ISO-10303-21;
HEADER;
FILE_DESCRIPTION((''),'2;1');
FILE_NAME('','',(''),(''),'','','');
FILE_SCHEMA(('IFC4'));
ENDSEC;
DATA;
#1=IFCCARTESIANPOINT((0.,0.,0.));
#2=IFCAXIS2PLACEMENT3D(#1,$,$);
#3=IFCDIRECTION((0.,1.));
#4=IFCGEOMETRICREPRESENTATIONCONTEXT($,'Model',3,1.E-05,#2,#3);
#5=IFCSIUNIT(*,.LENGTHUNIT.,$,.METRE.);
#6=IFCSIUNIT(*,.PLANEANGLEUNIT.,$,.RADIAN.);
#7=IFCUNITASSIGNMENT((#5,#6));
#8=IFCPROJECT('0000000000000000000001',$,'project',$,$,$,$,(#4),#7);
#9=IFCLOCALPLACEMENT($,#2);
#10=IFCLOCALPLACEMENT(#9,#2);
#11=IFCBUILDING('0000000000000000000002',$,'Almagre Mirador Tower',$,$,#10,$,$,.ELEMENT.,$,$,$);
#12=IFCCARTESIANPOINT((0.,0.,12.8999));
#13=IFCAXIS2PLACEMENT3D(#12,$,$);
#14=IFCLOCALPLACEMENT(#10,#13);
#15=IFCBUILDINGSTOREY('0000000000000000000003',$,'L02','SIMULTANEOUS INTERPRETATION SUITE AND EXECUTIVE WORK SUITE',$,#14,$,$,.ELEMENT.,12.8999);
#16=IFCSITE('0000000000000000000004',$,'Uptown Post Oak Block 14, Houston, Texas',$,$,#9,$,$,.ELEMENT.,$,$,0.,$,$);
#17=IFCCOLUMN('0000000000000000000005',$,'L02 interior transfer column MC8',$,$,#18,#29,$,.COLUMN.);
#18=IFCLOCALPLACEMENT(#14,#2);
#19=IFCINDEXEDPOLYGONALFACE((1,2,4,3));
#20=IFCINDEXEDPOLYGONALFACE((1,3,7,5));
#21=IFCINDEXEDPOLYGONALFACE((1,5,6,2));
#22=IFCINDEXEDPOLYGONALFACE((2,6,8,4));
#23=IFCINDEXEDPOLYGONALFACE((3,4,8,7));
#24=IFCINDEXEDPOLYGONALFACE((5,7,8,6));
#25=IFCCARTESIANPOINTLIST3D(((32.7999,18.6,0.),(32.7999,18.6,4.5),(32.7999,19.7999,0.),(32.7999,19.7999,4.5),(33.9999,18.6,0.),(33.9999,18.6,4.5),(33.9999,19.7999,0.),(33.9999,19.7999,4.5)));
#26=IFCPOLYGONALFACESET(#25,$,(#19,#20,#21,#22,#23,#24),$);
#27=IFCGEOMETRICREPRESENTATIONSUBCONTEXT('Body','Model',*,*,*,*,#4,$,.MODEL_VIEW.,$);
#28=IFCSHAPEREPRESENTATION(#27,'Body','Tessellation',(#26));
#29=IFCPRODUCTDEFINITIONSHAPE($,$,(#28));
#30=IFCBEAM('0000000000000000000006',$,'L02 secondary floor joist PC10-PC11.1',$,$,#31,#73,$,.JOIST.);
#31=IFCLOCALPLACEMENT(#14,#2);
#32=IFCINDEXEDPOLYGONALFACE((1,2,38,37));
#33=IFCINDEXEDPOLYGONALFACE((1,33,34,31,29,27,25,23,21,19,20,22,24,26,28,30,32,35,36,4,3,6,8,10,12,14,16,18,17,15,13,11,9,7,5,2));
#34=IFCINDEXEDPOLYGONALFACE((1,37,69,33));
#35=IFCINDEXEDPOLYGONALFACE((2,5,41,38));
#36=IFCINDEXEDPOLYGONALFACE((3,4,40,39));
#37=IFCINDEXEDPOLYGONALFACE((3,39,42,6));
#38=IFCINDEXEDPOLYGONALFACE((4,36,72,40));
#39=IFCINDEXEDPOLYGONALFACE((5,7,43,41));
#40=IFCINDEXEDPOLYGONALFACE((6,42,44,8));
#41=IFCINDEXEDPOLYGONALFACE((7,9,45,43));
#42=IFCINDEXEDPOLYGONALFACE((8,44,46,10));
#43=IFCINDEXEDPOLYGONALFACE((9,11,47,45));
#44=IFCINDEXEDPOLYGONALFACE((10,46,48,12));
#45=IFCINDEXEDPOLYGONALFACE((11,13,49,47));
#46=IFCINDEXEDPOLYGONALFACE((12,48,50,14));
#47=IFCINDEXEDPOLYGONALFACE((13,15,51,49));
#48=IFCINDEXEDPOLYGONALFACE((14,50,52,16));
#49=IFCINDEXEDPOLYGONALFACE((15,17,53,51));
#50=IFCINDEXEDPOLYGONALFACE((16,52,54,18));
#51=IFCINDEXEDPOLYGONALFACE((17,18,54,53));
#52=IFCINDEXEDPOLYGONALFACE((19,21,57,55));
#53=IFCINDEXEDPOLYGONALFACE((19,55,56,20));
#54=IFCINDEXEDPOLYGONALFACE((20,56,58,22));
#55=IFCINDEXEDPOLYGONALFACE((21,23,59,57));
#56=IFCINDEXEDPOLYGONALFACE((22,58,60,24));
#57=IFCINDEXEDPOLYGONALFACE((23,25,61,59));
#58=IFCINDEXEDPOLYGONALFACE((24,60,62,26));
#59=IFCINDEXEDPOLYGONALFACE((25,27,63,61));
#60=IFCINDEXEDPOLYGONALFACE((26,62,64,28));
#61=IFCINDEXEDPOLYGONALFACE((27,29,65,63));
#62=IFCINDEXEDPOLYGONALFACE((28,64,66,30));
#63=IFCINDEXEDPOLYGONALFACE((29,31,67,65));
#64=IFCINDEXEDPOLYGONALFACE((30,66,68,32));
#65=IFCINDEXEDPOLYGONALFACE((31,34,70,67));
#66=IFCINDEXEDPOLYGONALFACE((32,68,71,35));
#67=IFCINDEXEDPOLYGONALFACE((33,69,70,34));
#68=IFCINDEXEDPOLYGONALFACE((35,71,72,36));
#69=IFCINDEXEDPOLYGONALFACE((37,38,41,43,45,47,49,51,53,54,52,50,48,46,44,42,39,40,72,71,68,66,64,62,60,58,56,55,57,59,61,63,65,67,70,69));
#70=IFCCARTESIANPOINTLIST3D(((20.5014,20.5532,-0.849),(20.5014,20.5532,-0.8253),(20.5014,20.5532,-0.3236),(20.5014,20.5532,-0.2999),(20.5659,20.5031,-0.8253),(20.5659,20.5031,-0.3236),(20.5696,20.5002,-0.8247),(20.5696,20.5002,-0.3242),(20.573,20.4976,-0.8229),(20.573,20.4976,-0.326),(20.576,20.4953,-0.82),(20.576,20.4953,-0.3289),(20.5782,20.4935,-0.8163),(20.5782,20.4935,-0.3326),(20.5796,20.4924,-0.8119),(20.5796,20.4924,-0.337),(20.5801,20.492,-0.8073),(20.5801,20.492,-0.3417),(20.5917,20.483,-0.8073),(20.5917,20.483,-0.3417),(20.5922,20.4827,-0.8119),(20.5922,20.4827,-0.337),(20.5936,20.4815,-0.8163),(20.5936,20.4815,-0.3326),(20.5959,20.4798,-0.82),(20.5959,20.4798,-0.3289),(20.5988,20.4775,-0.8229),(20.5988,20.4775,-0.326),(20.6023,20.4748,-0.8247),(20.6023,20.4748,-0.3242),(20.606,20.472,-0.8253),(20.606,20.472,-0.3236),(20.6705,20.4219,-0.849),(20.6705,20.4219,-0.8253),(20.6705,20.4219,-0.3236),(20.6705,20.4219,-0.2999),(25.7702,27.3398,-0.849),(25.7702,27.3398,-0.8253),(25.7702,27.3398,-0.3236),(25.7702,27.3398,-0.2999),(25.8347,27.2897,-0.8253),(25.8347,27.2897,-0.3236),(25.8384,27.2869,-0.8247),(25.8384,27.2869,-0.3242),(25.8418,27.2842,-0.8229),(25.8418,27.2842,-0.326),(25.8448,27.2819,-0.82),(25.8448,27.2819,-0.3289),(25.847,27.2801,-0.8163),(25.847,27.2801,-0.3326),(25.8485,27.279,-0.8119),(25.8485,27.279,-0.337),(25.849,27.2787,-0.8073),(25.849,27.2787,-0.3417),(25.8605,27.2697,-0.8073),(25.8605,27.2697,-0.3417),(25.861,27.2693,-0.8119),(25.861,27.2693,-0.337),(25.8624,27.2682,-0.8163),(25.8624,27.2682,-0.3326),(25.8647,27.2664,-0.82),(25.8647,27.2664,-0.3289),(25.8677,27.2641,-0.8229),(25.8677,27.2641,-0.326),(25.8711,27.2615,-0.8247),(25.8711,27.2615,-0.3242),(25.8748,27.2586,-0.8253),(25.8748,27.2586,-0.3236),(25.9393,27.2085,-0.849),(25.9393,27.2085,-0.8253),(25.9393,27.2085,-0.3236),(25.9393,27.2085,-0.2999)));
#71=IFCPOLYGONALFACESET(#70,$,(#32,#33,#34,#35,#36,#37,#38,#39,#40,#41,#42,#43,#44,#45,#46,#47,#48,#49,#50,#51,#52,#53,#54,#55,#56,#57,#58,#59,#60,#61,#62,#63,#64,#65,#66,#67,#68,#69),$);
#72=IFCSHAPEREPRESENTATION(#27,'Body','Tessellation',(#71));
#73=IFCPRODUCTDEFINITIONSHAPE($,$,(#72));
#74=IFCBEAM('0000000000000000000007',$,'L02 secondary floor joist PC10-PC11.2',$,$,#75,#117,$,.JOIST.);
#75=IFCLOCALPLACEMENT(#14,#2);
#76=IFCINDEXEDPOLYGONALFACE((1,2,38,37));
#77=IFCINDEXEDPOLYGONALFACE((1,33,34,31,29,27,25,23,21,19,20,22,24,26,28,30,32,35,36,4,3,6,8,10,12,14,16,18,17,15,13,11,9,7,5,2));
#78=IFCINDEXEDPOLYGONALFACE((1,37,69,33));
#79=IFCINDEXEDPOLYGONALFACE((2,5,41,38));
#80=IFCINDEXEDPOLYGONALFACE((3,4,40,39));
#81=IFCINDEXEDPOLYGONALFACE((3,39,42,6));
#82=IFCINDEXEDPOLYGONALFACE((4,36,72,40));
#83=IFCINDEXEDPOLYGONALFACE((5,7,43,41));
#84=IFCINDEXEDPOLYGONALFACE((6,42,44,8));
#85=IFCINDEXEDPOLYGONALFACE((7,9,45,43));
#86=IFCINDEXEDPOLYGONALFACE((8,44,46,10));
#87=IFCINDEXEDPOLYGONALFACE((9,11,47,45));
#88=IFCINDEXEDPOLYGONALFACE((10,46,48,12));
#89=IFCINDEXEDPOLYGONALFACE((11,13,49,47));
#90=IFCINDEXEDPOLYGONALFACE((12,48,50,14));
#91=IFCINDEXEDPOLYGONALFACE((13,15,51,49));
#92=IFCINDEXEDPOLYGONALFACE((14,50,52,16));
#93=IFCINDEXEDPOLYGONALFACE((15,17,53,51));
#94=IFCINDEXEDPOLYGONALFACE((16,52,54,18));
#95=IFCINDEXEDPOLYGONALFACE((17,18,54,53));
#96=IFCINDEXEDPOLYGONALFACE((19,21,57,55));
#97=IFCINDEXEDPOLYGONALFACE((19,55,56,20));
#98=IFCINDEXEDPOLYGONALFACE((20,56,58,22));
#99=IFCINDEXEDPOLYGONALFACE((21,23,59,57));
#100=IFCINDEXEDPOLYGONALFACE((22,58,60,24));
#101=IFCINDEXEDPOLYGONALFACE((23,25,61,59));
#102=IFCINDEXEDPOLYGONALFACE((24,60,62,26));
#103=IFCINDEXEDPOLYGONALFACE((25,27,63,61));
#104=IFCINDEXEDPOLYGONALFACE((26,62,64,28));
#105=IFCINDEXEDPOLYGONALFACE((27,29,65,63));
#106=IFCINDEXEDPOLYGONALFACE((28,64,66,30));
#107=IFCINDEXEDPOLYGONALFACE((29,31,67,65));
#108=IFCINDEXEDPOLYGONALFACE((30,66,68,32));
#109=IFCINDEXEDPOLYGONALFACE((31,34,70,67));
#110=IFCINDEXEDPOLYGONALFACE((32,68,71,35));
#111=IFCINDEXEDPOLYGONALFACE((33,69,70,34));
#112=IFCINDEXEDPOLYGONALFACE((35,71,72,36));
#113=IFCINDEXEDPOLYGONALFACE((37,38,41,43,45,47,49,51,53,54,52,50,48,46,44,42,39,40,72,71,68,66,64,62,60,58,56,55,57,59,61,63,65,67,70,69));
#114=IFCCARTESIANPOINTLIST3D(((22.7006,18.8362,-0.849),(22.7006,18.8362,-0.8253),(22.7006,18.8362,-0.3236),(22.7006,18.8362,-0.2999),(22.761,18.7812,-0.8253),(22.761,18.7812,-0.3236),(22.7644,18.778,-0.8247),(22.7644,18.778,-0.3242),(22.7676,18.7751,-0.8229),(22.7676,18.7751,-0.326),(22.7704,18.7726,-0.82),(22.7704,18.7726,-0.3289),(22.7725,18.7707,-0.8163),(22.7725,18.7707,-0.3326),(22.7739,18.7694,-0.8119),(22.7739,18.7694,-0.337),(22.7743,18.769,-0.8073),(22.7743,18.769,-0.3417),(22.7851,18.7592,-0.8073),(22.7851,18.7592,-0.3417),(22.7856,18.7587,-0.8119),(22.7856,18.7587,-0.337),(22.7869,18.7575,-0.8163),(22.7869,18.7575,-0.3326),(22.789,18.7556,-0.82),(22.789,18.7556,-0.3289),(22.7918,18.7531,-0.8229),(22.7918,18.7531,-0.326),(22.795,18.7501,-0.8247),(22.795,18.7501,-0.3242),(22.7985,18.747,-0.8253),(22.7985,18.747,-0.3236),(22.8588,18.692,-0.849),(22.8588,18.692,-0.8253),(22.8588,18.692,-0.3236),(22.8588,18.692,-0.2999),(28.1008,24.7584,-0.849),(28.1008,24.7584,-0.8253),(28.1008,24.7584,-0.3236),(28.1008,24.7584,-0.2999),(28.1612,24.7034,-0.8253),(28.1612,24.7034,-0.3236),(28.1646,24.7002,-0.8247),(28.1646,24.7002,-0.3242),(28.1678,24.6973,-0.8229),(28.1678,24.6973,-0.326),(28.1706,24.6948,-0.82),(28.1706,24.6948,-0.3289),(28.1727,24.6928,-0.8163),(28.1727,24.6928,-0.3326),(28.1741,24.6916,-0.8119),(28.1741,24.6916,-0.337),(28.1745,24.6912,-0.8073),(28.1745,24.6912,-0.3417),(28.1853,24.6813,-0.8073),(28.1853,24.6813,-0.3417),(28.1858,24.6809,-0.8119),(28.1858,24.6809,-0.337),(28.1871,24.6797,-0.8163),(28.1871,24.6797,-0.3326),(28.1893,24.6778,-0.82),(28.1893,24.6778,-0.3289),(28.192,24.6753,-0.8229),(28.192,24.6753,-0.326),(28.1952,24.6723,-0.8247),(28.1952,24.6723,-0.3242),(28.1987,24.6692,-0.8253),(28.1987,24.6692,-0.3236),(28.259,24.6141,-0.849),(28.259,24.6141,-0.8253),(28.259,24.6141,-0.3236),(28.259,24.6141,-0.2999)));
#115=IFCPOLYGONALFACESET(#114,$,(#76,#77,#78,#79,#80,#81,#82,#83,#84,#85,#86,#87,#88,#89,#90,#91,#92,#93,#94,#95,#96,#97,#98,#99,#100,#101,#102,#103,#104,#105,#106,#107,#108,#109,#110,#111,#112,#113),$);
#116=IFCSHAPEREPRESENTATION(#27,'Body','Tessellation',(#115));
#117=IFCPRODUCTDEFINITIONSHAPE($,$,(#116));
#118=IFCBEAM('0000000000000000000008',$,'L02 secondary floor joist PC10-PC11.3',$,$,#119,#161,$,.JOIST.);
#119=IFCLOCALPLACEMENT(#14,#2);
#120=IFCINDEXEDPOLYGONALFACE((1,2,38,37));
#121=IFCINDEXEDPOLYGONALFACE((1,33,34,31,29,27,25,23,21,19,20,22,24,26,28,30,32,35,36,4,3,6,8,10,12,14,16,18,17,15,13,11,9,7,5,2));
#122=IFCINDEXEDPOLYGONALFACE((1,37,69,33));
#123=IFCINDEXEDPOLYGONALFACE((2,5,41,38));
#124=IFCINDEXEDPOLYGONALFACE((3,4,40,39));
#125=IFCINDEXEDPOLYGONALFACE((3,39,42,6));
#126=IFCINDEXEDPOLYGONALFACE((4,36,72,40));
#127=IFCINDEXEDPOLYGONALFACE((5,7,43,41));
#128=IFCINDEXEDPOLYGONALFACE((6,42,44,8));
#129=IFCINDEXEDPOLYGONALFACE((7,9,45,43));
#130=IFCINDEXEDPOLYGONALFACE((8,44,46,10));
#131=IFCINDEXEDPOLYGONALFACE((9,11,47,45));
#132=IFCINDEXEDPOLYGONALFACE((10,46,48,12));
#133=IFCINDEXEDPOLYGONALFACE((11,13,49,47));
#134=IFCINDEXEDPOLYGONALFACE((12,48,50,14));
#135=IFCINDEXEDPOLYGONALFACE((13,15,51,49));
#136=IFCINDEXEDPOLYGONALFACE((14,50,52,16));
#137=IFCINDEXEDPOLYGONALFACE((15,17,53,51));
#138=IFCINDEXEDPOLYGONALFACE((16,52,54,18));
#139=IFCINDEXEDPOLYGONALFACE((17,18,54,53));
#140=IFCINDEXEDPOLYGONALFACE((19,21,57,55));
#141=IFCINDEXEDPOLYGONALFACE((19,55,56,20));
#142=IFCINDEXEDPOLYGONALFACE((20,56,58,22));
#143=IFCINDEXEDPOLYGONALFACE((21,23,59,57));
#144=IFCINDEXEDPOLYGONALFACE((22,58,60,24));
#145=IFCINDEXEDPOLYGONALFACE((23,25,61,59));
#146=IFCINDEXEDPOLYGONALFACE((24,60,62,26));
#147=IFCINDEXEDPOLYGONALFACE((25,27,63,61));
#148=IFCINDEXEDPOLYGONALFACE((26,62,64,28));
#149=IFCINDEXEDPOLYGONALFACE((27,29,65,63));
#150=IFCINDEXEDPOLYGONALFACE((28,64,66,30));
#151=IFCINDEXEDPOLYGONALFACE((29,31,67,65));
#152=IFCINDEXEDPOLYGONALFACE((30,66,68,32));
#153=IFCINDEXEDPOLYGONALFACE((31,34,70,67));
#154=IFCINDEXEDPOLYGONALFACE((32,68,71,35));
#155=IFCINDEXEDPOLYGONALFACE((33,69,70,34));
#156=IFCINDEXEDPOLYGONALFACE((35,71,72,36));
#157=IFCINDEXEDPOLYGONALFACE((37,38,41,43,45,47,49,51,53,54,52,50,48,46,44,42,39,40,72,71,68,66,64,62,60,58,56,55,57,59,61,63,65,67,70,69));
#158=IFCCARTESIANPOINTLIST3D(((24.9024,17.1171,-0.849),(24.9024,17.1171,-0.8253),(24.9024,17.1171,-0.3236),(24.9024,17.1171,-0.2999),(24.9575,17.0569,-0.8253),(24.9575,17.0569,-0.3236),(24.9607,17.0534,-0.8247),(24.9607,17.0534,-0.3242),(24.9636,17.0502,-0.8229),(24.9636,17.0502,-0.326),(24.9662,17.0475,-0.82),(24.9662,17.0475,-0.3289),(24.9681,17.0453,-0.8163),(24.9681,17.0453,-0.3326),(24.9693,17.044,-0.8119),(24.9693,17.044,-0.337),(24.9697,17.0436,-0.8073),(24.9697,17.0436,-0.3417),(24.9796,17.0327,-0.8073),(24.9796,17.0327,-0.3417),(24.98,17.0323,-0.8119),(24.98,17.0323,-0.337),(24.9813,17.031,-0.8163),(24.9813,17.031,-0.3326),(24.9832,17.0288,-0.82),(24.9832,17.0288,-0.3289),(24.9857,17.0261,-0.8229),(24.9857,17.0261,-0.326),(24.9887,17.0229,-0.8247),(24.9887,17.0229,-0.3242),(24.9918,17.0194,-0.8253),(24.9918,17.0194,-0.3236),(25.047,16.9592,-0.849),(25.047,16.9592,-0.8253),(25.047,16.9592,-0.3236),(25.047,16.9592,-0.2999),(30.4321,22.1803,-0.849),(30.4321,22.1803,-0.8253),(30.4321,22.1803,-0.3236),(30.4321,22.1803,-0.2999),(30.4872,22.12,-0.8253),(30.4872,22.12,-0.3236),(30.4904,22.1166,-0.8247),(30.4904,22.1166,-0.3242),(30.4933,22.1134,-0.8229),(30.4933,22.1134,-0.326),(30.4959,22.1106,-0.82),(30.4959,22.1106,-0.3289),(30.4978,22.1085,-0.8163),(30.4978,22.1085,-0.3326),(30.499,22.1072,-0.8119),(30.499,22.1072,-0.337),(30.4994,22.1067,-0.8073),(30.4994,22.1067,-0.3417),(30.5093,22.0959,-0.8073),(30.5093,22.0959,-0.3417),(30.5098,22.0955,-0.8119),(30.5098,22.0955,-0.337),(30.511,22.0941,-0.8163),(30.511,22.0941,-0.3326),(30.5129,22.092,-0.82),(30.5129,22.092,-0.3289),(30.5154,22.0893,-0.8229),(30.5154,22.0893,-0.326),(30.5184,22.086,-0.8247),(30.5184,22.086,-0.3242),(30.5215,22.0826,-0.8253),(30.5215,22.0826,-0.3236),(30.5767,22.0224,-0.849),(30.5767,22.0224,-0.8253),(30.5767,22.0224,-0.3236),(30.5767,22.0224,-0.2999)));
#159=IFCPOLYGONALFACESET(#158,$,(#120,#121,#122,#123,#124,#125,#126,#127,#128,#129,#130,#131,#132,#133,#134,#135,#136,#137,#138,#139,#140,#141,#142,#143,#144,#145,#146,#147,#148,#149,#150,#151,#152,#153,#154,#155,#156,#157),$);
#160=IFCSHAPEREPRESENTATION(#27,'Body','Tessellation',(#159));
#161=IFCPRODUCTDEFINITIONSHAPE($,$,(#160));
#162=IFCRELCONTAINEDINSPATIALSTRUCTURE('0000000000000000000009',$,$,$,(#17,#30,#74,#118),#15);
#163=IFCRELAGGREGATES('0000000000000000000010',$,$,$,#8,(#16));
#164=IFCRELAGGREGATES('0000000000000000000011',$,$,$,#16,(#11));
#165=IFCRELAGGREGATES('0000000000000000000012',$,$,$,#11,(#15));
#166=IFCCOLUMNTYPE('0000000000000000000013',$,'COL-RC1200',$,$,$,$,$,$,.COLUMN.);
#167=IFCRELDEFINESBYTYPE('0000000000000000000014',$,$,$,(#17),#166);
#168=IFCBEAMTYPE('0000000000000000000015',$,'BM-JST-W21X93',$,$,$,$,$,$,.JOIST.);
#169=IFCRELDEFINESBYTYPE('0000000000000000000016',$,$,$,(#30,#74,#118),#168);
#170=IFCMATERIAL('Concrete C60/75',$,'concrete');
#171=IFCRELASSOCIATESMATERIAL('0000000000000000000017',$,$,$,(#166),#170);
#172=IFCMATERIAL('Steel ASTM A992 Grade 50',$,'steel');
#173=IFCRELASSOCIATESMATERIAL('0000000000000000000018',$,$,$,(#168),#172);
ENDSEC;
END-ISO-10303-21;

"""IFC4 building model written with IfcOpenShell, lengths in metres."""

from ifc_helpers import new_model, si_unit, direction, frame, origin, origin_2d, place, context, subcontext, project, spatial, rectangle, i_section, extrude, material, material_profile, profile_set, type_object, element, save


model = new_model("IFC4")

# Units and contexts
model_context = context("Model", 3, precision=1e-05, world=origin(), true_north=direction((0.0, 1.0)))
body_context = subcontext(model_context, "Body", "Model", "MODEL_VIEW")
ifc_project = project(units=[si_unit("LENGTHUNIT", "METRE"), si_unit("PLANEANGLEUNIT", "RADIAN")], contexts=[model_context])

# Site, building, storey
site_placement = place(None, origin())
site = spatial("IfcSite", under=ifc_project, at=site_placement, Name="Uptown Post Oak Block 14, Houston, Texas", CompositionType="ELEMENT", RefElevation=0.0)
building_placement = place(site_placement, origin())
building = spatial("IfcBuilding", under=site, at=building_placement, Name="Almagre Mirador Tower", CompositionType="ELEMENT")
storey_placement = place(building_placement, frame((0.0, 0.0, 12.8999)))
storey = spatial("IfcBuildingStorey", under=building, at=storey_placement, Name="L02", Description="SIMULTANEOUS INTERPRETATION SUITE AND EXECUTIVE WORK SUITE", CompositionType="ELEMENT", Elevation=12.8999)

# Column
ifc_material_1 = material(Name="Concrete C60/75", Category="concrete")
ifc_material_profile_1 = material_profile(ifc_material_1, rectangle(XDim=1.2, YDim=1.2, at=origin_2d()), Name="RC1200X1200")
ifc_profile_set_1 = profile_set([ifc_material_profile_1], Name="Concrete C60/75")
column_type = type_object("IfcColumnType", Name="COL-RC1200", PredefinedType="COLUMN", material=ifc_profile_set_1)
column_placement = place(storey_placement, frame((33.3999, 19.2, 0.0), z_axis=(0.0, 0.0, 1.0), x_axis=(1.0, 0.0, 0.0)))
element("IfcColumn", 1, at=column_placement, inside=storey, type_object=column_type, Name="L02 interior transfer column MC8", PredefinedType="COLUMN", context=body_context, shape_type="SweptSolid", body=[
    extrude(rectangle(XDim=1.2, YDim=1.2, at=origin_2d()), origin(), (0.0, 0.0, 1.0), 4.5),
])

# Beams
ifc_material_2 = material(Name="Steel ASTM A992 Grade 50", Category="steel")
ifc_material_profile_2 = material_profile(ifc_material_2, i_section(OverallWidth=0.2141, OverallDepth=0.5491, WebThickness=0.0146, FlangeThickness=0.0237, FilletRadius=0.0181, at=origin_2d()), Name="W21X93")
ifc_profile_set_2 = profile_set([ifc_material_profile_2], Name="Steel ASTM A992 Grade 50")
beam_type_1 = type_object("IfcBeamType", Name="BM-JST-W21X93", PredefinedType="JOIST", material=ifc_profile_set_2)
beam_1_placement = place(storey_placement, frame((25.8547, 27.2742, -0.5745), z_axis=(-0.613238, -0.789898, 0.0), x_axis=(0.789898, -0.613238, 0.0)))
element("IfcBeam", 2, at=beam_1_placement, inside=storey, type_object=beam_type_1, Name="L02 secondary floor joist PC10-PC11.1", PredefinedType="JOIST", context=body_context, shape_type="SweptSolid", body=[
    extrude(i_section(OverallWidth=0.2141, OverallDepth=0.5491, WebThickness=0.0146, FlangeThickness=0.0237, FilletRadius=0.0181, at=origin_2d()), origin(), (0.0, 0.0, 1.0), 8.5918),
])
beam_2_placement = place(storey_placement, frame((28.1799, 24.6863, -0.5745), z_axis=(-0.673793, -0.738921, 0.0), x_axis=(0.738921, -0.673793, 0.0)))
element("IfcBeam", 3, at=beam_2_placement, inside=storey, type_object=beam_type_1, Name="L02 secondary floor joist PC10-PC11.2", PredefinedType="JOIST", context=body_context, shape_type="SweptSolid", body=[
    extrude(i_section(OverallWidth=0.2141, OverallDepth=0.5491, WebThickness=0.0146, FlangeThickness=0.0237, FilletRadius=0.0181, at=origin_2d()), origin(), (0.0, 0.0, 1.0), 8.0146),
])
beam_3_placement = place(storey_placement, frame((30.5044, 22.1013, -0.5745), z_axis=(-0.737535, -0.675309, 0.0), x_axis=(0.675309, -0.737535, 0.0)))
element("IfcBeam", 4, at=beam_3_placement, inside=storey, type_object=beam_type_1, Name="L02 secondary floor joist PC10-PC11.3", PredefinedType="JOIST", context=body_context, shape_type="SweptSolid", body=[
    extrude(i_section(OverallWidth=0.2141, OverallDepth=0.5491, WebThickness=0.0146, FlangeThickness=0.0237, FilletRadius=0.0181, at=origin_2d()), origin(), (0.0, 0.0, 1.0), 7.4976),
])

save(model, "model.ifc")
